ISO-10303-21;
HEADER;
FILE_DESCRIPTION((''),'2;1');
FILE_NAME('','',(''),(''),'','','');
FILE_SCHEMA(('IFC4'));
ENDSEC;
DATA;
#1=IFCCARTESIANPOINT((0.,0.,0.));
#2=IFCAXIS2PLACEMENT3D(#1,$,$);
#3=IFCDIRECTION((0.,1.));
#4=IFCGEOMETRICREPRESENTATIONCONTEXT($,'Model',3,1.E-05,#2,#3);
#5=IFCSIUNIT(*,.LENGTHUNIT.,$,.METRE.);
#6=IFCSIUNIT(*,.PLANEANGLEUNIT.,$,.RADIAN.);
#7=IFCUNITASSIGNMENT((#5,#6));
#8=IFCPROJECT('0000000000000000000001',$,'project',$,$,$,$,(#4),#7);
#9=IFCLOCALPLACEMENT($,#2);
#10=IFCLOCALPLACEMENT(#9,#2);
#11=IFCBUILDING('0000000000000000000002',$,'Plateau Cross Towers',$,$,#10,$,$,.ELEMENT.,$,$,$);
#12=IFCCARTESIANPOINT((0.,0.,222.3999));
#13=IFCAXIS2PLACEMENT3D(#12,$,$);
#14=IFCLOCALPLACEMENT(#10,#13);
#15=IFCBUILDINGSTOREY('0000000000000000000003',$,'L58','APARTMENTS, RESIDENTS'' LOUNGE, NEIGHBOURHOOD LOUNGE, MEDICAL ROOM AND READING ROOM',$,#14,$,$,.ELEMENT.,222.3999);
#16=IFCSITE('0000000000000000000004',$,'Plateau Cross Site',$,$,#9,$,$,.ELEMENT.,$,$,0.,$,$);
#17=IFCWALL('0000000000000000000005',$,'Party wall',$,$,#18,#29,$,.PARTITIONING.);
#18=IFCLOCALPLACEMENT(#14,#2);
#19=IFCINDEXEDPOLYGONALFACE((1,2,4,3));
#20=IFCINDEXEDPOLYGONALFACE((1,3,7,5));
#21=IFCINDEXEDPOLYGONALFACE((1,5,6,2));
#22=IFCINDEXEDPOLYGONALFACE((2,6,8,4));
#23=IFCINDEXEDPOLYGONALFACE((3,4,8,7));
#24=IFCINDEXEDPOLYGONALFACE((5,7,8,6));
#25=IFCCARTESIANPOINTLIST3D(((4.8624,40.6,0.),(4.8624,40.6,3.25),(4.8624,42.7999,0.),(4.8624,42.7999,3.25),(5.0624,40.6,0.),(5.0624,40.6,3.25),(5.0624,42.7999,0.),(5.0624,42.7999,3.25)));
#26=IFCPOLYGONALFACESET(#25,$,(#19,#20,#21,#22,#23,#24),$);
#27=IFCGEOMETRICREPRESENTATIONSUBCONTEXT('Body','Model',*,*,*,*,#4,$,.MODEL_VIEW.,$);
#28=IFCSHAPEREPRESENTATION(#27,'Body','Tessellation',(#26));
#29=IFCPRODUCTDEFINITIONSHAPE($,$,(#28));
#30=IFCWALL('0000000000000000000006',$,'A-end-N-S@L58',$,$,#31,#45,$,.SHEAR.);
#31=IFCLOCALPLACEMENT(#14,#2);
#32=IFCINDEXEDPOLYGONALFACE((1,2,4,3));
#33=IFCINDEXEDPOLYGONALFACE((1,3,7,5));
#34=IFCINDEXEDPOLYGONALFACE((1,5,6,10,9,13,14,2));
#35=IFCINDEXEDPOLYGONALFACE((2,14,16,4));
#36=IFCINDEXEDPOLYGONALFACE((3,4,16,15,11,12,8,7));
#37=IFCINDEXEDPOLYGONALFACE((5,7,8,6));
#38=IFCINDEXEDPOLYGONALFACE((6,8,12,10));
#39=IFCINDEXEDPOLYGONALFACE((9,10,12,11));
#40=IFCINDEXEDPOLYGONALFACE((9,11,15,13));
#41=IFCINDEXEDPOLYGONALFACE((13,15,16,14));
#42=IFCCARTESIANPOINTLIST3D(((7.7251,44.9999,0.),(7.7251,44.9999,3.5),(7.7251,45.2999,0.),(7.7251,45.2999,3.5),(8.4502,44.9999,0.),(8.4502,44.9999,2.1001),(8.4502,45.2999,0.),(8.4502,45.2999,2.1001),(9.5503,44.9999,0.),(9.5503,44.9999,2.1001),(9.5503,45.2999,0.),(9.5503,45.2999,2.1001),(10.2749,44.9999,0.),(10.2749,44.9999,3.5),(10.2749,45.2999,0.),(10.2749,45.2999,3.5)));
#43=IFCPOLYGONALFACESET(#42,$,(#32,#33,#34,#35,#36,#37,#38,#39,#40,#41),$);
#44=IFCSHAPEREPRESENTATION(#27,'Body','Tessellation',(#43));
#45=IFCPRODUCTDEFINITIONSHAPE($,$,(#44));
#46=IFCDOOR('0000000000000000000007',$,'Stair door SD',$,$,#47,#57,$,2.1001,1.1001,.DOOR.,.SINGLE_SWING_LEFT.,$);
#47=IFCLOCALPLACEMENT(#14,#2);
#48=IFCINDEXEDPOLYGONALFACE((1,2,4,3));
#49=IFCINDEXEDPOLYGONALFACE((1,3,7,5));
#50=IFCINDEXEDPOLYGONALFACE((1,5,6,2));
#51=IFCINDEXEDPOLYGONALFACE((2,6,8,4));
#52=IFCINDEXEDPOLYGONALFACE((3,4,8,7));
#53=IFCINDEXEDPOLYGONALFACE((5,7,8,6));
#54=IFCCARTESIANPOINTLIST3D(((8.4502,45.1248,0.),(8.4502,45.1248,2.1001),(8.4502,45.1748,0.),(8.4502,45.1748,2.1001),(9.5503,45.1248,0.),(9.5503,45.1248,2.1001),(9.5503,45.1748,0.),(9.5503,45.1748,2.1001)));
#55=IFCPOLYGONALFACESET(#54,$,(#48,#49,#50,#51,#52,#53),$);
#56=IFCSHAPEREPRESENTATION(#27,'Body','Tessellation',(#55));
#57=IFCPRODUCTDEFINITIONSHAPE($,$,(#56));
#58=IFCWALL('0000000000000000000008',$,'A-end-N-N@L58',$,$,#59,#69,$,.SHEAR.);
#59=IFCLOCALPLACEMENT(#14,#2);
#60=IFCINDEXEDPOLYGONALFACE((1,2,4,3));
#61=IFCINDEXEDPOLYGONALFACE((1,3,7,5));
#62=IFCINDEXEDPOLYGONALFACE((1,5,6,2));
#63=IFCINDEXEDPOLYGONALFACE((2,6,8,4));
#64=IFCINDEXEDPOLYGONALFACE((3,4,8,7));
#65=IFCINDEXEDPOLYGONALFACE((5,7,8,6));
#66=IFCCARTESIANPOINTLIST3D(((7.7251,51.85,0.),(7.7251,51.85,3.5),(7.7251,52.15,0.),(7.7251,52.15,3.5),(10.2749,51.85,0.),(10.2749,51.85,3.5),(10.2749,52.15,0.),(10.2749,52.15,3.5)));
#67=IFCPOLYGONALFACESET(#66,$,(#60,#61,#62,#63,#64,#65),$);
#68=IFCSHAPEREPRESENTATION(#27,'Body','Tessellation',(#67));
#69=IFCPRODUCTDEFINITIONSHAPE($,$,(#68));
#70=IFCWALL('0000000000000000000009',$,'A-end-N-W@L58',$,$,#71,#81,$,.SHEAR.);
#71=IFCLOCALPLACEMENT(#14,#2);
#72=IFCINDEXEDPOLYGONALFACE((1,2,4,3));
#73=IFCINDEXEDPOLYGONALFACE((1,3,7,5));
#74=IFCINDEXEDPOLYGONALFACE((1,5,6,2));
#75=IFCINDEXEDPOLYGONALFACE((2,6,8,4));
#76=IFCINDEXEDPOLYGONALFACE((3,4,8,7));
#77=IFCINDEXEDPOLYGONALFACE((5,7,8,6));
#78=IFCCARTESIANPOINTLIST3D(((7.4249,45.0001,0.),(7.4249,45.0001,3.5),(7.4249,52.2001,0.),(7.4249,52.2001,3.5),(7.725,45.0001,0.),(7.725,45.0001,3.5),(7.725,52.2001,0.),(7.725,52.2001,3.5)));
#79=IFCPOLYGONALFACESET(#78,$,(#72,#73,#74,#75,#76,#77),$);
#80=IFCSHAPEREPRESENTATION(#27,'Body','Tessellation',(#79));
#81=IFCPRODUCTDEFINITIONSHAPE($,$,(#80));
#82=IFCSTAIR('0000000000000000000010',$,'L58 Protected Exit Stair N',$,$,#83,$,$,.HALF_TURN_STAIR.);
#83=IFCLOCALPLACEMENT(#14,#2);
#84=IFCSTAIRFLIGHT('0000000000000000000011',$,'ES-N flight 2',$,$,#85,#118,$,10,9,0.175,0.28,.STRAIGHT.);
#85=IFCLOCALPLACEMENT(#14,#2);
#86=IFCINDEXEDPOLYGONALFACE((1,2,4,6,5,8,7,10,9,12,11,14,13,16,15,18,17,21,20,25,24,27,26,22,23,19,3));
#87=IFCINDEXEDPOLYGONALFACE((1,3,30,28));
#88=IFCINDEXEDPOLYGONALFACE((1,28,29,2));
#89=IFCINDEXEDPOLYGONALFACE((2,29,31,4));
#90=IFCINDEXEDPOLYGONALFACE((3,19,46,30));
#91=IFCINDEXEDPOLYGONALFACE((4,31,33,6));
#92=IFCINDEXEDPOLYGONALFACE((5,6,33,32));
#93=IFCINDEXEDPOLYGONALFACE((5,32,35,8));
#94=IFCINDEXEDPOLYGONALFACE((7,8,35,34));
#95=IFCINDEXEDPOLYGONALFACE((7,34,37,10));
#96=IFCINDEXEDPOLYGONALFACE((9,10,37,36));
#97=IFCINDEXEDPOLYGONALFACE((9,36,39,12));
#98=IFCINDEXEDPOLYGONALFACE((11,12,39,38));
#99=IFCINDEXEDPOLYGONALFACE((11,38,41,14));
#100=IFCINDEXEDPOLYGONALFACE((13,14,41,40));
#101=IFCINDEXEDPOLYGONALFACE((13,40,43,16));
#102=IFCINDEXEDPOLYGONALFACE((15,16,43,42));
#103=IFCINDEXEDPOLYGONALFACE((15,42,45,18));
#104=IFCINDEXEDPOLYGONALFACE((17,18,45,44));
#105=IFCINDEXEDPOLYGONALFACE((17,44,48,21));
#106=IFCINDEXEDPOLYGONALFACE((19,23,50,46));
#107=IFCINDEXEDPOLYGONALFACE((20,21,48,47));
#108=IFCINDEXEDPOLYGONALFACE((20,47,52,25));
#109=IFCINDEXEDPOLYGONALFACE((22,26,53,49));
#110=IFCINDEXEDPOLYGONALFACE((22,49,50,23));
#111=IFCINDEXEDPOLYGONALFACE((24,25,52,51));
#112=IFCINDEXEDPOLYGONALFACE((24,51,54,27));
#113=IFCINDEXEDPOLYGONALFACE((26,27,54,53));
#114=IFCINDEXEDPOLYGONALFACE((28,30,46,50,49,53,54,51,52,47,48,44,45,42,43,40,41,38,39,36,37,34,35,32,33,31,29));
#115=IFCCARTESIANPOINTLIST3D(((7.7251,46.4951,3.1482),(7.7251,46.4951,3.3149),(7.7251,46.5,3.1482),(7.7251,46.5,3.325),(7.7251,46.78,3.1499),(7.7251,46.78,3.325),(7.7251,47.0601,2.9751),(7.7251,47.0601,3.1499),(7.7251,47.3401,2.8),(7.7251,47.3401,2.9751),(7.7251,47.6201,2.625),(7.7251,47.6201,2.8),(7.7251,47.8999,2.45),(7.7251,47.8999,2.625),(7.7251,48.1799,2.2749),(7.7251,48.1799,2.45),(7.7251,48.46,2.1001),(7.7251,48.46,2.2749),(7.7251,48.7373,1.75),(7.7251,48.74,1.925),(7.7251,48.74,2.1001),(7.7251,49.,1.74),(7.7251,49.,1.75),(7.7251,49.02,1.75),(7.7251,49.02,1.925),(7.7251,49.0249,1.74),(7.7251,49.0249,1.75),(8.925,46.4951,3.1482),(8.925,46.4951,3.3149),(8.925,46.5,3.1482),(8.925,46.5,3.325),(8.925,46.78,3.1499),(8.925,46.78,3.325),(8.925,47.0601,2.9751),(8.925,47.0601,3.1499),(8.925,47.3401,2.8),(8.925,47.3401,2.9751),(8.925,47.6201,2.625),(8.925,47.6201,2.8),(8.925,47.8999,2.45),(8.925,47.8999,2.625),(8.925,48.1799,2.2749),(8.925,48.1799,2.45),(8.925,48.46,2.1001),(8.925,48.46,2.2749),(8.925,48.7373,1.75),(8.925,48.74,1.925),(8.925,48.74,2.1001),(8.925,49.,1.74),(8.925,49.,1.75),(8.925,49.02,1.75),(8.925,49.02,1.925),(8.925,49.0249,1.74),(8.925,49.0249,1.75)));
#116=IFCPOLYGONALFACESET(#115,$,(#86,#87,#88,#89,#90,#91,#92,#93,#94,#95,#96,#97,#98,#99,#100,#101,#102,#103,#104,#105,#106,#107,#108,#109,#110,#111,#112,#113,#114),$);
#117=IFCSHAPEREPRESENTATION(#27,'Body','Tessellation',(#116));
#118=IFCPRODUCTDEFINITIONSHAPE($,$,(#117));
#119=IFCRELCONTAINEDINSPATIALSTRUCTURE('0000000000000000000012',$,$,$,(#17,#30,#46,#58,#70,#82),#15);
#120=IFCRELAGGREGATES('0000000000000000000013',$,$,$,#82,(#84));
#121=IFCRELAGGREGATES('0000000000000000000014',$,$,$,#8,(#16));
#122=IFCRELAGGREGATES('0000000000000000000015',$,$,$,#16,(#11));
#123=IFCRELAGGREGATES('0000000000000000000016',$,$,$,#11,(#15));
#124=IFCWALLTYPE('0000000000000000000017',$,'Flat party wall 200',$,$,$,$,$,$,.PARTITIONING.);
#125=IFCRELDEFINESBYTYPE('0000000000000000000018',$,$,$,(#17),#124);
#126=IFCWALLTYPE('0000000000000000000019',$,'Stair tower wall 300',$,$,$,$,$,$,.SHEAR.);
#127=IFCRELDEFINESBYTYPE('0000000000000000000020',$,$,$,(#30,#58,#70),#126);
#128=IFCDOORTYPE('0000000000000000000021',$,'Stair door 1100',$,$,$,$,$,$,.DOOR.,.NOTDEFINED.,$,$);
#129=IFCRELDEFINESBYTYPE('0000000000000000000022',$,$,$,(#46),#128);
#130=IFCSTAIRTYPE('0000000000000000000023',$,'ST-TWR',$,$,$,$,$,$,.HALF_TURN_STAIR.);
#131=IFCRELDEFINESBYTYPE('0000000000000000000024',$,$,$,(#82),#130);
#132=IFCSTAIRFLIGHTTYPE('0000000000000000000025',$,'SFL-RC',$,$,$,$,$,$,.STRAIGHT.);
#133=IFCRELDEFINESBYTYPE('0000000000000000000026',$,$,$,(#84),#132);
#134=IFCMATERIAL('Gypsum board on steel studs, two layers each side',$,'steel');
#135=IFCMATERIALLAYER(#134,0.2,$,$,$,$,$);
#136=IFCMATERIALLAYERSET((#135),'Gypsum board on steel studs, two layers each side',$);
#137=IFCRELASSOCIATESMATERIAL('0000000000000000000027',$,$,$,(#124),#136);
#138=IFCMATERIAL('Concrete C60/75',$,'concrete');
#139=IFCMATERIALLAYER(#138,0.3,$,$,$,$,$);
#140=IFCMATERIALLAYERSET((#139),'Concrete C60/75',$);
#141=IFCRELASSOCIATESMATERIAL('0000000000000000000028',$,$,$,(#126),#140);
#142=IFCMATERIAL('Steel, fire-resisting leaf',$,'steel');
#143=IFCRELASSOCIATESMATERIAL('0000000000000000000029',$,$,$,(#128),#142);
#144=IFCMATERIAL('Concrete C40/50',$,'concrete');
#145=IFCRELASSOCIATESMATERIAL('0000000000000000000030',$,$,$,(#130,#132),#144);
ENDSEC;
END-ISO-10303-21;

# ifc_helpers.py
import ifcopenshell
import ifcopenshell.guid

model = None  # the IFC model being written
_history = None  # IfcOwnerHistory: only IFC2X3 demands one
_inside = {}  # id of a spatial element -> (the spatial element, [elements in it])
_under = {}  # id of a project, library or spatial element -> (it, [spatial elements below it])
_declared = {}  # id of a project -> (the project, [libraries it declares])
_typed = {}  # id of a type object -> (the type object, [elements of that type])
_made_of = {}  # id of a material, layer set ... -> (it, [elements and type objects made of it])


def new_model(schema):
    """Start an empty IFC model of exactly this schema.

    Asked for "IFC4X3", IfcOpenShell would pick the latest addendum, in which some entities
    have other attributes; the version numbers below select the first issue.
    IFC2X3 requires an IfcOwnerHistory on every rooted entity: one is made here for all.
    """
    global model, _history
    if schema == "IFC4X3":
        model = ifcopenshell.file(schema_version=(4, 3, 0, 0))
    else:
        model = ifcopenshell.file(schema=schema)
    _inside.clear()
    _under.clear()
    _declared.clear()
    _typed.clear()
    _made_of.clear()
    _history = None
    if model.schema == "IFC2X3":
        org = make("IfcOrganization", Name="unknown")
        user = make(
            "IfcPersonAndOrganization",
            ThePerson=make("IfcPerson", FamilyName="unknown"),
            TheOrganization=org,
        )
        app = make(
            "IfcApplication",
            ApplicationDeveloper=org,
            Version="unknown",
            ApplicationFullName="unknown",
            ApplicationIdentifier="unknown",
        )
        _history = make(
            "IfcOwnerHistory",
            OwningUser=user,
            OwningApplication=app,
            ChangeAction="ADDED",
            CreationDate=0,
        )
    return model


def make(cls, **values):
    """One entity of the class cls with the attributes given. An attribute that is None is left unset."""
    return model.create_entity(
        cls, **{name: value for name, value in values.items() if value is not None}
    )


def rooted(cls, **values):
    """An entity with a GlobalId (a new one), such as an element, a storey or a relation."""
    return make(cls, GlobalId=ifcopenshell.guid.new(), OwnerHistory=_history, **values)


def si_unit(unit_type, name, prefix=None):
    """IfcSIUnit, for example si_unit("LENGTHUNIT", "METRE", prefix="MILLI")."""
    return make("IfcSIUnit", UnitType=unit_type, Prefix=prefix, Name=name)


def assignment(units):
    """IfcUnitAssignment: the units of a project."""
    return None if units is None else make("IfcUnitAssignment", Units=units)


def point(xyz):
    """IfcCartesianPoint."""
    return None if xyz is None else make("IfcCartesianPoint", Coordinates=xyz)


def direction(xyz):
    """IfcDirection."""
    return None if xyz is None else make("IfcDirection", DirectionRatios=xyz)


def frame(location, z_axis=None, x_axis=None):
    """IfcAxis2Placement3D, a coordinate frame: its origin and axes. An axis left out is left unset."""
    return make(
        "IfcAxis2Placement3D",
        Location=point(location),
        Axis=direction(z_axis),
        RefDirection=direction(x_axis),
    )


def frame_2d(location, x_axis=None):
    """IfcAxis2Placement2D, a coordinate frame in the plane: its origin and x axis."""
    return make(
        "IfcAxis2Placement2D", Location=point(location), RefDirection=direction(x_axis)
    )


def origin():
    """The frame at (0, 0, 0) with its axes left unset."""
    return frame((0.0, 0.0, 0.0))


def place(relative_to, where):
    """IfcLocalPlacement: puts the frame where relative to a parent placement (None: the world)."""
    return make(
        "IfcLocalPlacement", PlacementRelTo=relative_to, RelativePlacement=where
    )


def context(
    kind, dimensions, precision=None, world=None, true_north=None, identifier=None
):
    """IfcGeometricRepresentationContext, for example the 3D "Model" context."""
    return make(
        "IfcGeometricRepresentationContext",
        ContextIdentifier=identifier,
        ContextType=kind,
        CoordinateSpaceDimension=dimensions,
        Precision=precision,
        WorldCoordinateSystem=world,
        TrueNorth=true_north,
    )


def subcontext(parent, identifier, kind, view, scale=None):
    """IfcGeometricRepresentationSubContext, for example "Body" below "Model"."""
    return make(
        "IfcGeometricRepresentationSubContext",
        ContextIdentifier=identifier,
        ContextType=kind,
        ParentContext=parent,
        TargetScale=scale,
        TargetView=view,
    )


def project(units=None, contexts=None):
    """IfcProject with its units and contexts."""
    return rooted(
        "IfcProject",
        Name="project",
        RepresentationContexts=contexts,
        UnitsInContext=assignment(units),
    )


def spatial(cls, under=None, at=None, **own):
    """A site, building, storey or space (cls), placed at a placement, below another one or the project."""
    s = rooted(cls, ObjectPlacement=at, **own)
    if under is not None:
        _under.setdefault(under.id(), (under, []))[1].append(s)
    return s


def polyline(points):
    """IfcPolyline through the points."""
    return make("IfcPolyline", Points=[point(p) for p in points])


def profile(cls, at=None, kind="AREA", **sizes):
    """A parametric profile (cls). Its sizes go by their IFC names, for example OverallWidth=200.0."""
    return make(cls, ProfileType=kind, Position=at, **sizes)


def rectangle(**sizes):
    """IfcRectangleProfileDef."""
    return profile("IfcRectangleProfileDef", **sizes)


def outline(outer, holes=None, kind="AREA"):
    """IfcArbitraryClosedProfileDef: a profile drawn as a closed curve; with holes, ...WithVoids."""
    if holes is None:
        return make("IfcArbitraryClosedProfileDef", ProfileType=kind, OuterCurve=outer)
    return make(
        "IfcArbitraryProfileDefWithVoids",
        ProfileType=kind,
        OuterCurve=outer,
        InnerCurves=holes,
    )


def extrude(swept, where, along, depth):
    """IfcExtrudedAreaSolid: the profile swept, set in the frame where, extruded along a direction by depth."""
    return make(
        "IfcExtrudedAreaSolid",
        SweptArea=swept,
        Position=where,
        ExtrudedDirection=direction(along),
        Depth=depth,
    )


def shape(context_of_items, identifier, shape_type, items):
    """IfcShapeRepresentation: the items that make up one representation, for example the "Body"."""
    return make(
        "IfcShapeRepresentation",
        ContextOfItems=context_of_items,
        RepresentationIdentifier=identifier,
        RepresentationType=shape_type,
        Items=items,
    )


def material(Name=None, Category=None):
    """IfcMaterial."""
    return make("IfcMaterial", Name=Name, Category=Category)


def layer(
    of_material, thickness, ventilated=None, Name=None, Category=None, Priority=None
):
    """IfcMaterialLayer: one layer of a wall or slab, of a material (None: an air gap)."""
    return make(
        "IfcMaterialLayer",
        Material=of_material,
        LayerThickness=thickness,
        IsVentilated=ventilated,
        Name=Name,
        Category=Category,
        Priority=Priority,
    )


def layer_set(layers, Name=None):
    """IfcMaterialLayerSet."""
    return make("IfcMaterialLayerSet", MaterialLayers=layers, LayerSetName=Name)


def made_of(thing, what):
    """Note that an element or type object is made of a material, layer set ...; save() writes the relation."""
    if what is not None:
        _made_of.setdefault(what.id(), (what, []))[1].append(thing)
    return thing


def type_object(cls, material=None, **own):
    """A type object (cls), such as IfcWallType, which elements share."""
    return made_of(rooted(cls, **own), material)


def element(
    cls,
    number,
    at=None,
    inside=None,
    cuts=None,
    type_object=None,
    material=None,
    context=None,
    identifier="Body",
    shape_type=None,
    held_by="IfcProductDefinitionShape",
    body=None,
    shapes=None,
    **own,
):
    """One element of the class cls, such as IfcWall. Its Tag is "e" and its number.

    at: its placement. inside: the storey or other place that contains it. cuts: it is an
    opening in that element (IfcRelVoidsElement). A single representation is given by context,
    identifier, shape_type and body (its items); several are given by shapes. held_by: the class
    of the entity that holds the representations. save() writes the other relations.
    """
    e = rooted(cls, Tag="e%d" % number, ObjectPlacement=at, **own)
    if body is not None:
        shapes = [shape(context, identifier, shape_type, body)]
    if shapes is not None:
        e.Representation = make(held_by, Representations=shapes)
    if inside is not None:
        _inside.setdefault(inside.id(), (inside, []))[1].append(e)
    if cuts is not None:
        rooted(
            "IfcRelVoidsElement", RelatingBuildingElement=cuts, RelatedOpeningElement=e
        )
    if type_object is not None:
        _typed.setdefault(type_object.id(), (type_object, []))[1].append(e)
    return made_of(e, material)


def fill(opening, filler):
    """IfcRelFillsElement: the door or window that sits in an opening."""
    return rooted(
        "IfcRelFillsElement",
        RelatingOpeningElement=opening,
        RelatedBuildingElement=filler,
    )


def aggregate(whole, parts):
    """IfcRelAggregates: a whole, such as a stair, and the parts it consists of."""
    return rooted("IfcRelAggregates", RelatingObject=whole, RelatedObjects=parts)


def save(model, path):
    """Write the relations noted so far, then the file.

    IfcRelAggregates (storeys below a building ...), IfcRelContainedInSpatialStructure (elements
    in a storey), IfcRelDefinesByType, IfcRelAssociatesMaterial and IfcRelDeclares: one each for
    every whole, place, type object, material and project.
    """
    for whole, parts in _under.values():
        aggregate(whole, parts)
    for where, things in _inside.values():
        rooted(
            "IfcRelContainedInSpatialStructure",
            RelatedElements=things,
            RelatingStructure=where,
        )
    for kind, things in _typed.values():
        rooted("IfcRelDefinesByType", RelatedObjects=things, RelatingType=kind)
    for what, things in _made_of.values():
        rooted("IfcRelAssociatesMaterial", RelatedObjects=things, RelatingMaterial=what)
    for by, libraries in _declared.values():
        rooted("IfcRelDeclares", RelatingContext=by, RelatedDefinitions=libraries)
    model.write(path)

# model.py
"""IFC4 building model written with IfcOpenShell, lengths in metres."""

from ifc_helpers import new_model, si_unit, direction, frame, frame_2d, origin, place, context, subcontext, project, spatial, polyline, rectangle, outline, extrude, material, layer, layer_set, type_object, element, fill, aggregate, save


model = new_model("IFC4")

# Units and contexts
model_context = context("Model", 3, precision=1e-05, world=origin(), true_north=direction((0.0, 1.0)))
body_context = subcontext(model_context, "Body", "Model", "MODEL_VIEW")
ifc_project = project(units=[si_unit("LENGTHUNIT", "METRE"), si_unit("PLANEANGLEUNIT", "RADIAN")], contexts=[model_context])

# Site, building, storey
site_placement = place(None, origin())
site = spatial("IfcSite", under=ifc_project, at=site_placement, Name="Plateau Cross Site", CompositionType="ELEMENT", RefElevation=0.0)
building_placement = place(site_placement, origin())
building = spatial("IfcBuilding", under=site, at=building_placement, Name="Plateau Cross Towers", CompositionType="ELEMENT")
storey_placement = place(building_placement, frame((0.0, 0.0, 222.3999)))
storey = spatial("IfcBuildingStorey", under=building, at=storey_placement, Name="L58", Description="APARTMENTS, RESIDENTS' LOUNGE, NEIGHBOURHOOD LOUNGE, MEDICAL ROOM AND READING ROOM", CompositionType="ELEMENT", Elevation=222.3999)

# Shared definitions
ifc_material_1 = material(Name="Gypsum board on steel studs, two layers each side", Category="steel")
ifc_layer_1 = layer(ifc_material_1, 0.2)
ifc_layer_set_1 = layer_set([ifc_layer_1], Name="Gypsum board on steel studs, two layers each side")
wall_type_1 = type_object("IfcWallType", Name="Flat party wall 200", PredefinedType="PARTITIONING", material=ifc_layer_set_1)

# Wall
wall_1_placement = place(storey_placement, frame((4.9624, 42.8, 0.0), z_axis=(0.0, 0.0, 1.0), x_axis=(0.0, -1.0, 0.0)))
element("IfcWall", 1, at=wall_1_placement, inside=storey, type_object=wall_type_1, Name="Party wall", PredefinedType="PARTITIONING", context=body_context, shape_type="SweptSolid", body=[
    extrude(rectangle(XDim=2.2, YDim=0.2, at=frame_2d((1.1001, 0.0))), origin(), (0.0, 0.0, 1.0), 3.25),
])

# Wall, opening, door
ifc_material_2 = material(Name="Concrete C60/75", Category="concrete")
ifc_layer_2 = layer(ifc_material_2, 0.3)
ifc_layer_set_2 = layer_set([ifc_layer_2], Name="Concrete C60/75")
wall_type_2 = type_object("IfcWallType", Name="Stair tower wall 300", PredefinedType="SHEAR", material=ifc_layer_set_2)
wall_2_placement = place(storey_placement, frame((7.7251, 45.1499, 0.0), z_axis=(0.0, 0.0, 1.0), x_axis=(1.0, 0.0, 0.0)))
wall_2 = element("IfcWall", 2, at=wall_2_placement, inside=storey, type_object=wall_type_2, Name="A-end-N-S@L58", PredefinedType="SHEAR", context=body_context, shape_type="SweptSolid", body=[
    extrude(rectangle(XDim=2.5498, YDim=0.3, at=frame_2d((1.2749, 0.0))), origin(), (0.0, 0.0, 1.0), 3.5),
])
opening_1_placement = place(wall_2_placement, frame((0.7251, 0.0, 0.0)))
opening_1 = element("IfcOpeningElement", 3, at=opening_1_placement, cuts=wall_2, PredefinedType="OPENING", context=body_context, shape_type="SweptSolid", body=[
    extrude(rectangle(XDim=1.1001, YDim=2.1001, at=frame_2d((0.55, 1.05))), frame((0.0, 0.1599, 0.0), z_axis=(0.0, -1.0, 0.0), x_axis=(1.0, 0.0, 0.0)), (0.0, 0.0, 1.0), 0.3201),
])
ifc_material_3 = material(Name="Steel, fire-resisting leaf", Category="steel")
door_type_1 = type_object("IfcDoorType", Name="Stair door 1100", OperationType="NOTDEFINED", PredefinedType="DOOR", material=ifc_material_3)
door_1_placement = place(opening_1_placement, origin())
door_1 = element("IfcDoor", 4, at=door_1_placement, inside=storey, type_object=door_type_1, Name="Stair door SD", OperationType="SINGLE_SWING_LEFT", OverallHeight=2.1001, OverallWidth=1.1001, PredefinedType="DOOR", context=body_context, shape_type="SweptSolid", body=[
    extrude(rectangle(XDim=1.1001, YDim=2.1001, at=frame_2d((0.55, 1.05))), frame((0.0, 0.0249, 0.0), z_axis=(0.0, -1.0, 0.0), x_axis=(1.0, 0.0, 0.0)), (0.0, 0.0, 1.0), 0.05),
])
fill(opening_1, door_1)

# Walls
wall_3_placement = place(storey_placement, frame((7.7251, 52.0, 0.0), z_axis=(0.0, 0.0, 1.0), x_axis=(1.0, 0.0, 0.0)))
element("IfcWall", 5, at=wall_3_placement, inside=storey, type_object=wall_type_2, Name="A-end-N-N@L58", PredefinedType="SHEAR", context=body_context, shape_type="SweptSolid", body=[
    extrude(rectangle(XDim=2.5498, YDim=0.3, at=frame_2d((1.2749, 0.0))), origin(), (0.0, 0.0, 1.0), 3.5),
])
wall_4_placement = place(storey_placement, frame((7.575, 45.0, 0.0), z_axis=(0.0, 0.0, 1.0), x_axis=(0.0, 1.0, 0.0)))
element("IfcWall", 6, at=wall_4_placement, inside=storey, type_object=wall_type_2, Name="A-end-N-W@L58", PredefinedType="SHEAR", context=body_context, shape_type="SweptSolid", body=[
    extrude(rectangle(XDim=7.2, YDim=0.3, at=frame_2d((3.6001, 0.0))), origin(), (0.0, 0.0, 1.0), 3.5),
])

# Stair, stair flight
ifc_material_4 = material(Name="Concrete C40/50", Category="concrete")
stair_type = type_object("IfcStairType", Name="ST-TWR", PredefinedType="HALF_TURN_STAIR", material=ifc_material_4)
stair_placement = place(storey_placement, origin())
stair = element("IfcStair", 7, at=stair_placement, inside=storey, type_object=stair_type, Name="L58 Protected Exit Stair N", PredefinedType="HALF_TURN_STAIR")
stair_flight_type = type_object("IfcStairFlightType", Name="SFL-RC", PredefinedType="STRAIGHT", material=ifc_material_4)
stair_flight_placement = place(storey_placement, frame((8.325, 49.02, 1.75), z_axis=(0.0, 0.0, 1.0), x_axis=(0.0, -1.0, 0.0)))
stair_flight = element("IfcStairFlight", 8, at=stair_flight_placement, type_object=stair_flight_type, Name="ES-N flight 2", NumberOfRisers=10, NumberOfTreads=9, PredefinedType="STRAIGHT", RiserHeight=0.175, TreadLength=0.28, context=body_context, shape_type="SweptSolid", body=[
    extrude(outline(polyline([(-0.0049, -0.01), (-0.0049, 0.0), (0.0, 0.0), (0.0, 0.175), (0.28, 0.175), (0.28, 0.3501), (0.5601, 0.3501), (0.5601, 0.5249), (0.8401, 0.5249), (0.8401, 0.7), (1.1201, 0.7), (1.1201, 0.875), (1.3999, 0.875), (1.3999, 1.05), (1.6799, 1.05), (1.6799, 1.2251), (1.96, 1.2251), (1.96, 1.3999), (2.24, 1.3999), (2.24, 1.575), (2.52, 1.575), (2.5249, 1.5649), (2.5249, 1.3982), (2.52, 1.3982), (0.2827, 0.0), (0.02, 0.0), (0.02, -0.01), (-0.0049, -0.01)])), frame((0.0, 0.6001, 0.0), z_axis=(0.0, -1.0, 0.0), x_axis=(1.0, 0.0, 0.0)), (0.0, 0.0, 1.0), 1.2),
])
aggregate(stair, [stair_flight])

save(model, "model.ifc")
